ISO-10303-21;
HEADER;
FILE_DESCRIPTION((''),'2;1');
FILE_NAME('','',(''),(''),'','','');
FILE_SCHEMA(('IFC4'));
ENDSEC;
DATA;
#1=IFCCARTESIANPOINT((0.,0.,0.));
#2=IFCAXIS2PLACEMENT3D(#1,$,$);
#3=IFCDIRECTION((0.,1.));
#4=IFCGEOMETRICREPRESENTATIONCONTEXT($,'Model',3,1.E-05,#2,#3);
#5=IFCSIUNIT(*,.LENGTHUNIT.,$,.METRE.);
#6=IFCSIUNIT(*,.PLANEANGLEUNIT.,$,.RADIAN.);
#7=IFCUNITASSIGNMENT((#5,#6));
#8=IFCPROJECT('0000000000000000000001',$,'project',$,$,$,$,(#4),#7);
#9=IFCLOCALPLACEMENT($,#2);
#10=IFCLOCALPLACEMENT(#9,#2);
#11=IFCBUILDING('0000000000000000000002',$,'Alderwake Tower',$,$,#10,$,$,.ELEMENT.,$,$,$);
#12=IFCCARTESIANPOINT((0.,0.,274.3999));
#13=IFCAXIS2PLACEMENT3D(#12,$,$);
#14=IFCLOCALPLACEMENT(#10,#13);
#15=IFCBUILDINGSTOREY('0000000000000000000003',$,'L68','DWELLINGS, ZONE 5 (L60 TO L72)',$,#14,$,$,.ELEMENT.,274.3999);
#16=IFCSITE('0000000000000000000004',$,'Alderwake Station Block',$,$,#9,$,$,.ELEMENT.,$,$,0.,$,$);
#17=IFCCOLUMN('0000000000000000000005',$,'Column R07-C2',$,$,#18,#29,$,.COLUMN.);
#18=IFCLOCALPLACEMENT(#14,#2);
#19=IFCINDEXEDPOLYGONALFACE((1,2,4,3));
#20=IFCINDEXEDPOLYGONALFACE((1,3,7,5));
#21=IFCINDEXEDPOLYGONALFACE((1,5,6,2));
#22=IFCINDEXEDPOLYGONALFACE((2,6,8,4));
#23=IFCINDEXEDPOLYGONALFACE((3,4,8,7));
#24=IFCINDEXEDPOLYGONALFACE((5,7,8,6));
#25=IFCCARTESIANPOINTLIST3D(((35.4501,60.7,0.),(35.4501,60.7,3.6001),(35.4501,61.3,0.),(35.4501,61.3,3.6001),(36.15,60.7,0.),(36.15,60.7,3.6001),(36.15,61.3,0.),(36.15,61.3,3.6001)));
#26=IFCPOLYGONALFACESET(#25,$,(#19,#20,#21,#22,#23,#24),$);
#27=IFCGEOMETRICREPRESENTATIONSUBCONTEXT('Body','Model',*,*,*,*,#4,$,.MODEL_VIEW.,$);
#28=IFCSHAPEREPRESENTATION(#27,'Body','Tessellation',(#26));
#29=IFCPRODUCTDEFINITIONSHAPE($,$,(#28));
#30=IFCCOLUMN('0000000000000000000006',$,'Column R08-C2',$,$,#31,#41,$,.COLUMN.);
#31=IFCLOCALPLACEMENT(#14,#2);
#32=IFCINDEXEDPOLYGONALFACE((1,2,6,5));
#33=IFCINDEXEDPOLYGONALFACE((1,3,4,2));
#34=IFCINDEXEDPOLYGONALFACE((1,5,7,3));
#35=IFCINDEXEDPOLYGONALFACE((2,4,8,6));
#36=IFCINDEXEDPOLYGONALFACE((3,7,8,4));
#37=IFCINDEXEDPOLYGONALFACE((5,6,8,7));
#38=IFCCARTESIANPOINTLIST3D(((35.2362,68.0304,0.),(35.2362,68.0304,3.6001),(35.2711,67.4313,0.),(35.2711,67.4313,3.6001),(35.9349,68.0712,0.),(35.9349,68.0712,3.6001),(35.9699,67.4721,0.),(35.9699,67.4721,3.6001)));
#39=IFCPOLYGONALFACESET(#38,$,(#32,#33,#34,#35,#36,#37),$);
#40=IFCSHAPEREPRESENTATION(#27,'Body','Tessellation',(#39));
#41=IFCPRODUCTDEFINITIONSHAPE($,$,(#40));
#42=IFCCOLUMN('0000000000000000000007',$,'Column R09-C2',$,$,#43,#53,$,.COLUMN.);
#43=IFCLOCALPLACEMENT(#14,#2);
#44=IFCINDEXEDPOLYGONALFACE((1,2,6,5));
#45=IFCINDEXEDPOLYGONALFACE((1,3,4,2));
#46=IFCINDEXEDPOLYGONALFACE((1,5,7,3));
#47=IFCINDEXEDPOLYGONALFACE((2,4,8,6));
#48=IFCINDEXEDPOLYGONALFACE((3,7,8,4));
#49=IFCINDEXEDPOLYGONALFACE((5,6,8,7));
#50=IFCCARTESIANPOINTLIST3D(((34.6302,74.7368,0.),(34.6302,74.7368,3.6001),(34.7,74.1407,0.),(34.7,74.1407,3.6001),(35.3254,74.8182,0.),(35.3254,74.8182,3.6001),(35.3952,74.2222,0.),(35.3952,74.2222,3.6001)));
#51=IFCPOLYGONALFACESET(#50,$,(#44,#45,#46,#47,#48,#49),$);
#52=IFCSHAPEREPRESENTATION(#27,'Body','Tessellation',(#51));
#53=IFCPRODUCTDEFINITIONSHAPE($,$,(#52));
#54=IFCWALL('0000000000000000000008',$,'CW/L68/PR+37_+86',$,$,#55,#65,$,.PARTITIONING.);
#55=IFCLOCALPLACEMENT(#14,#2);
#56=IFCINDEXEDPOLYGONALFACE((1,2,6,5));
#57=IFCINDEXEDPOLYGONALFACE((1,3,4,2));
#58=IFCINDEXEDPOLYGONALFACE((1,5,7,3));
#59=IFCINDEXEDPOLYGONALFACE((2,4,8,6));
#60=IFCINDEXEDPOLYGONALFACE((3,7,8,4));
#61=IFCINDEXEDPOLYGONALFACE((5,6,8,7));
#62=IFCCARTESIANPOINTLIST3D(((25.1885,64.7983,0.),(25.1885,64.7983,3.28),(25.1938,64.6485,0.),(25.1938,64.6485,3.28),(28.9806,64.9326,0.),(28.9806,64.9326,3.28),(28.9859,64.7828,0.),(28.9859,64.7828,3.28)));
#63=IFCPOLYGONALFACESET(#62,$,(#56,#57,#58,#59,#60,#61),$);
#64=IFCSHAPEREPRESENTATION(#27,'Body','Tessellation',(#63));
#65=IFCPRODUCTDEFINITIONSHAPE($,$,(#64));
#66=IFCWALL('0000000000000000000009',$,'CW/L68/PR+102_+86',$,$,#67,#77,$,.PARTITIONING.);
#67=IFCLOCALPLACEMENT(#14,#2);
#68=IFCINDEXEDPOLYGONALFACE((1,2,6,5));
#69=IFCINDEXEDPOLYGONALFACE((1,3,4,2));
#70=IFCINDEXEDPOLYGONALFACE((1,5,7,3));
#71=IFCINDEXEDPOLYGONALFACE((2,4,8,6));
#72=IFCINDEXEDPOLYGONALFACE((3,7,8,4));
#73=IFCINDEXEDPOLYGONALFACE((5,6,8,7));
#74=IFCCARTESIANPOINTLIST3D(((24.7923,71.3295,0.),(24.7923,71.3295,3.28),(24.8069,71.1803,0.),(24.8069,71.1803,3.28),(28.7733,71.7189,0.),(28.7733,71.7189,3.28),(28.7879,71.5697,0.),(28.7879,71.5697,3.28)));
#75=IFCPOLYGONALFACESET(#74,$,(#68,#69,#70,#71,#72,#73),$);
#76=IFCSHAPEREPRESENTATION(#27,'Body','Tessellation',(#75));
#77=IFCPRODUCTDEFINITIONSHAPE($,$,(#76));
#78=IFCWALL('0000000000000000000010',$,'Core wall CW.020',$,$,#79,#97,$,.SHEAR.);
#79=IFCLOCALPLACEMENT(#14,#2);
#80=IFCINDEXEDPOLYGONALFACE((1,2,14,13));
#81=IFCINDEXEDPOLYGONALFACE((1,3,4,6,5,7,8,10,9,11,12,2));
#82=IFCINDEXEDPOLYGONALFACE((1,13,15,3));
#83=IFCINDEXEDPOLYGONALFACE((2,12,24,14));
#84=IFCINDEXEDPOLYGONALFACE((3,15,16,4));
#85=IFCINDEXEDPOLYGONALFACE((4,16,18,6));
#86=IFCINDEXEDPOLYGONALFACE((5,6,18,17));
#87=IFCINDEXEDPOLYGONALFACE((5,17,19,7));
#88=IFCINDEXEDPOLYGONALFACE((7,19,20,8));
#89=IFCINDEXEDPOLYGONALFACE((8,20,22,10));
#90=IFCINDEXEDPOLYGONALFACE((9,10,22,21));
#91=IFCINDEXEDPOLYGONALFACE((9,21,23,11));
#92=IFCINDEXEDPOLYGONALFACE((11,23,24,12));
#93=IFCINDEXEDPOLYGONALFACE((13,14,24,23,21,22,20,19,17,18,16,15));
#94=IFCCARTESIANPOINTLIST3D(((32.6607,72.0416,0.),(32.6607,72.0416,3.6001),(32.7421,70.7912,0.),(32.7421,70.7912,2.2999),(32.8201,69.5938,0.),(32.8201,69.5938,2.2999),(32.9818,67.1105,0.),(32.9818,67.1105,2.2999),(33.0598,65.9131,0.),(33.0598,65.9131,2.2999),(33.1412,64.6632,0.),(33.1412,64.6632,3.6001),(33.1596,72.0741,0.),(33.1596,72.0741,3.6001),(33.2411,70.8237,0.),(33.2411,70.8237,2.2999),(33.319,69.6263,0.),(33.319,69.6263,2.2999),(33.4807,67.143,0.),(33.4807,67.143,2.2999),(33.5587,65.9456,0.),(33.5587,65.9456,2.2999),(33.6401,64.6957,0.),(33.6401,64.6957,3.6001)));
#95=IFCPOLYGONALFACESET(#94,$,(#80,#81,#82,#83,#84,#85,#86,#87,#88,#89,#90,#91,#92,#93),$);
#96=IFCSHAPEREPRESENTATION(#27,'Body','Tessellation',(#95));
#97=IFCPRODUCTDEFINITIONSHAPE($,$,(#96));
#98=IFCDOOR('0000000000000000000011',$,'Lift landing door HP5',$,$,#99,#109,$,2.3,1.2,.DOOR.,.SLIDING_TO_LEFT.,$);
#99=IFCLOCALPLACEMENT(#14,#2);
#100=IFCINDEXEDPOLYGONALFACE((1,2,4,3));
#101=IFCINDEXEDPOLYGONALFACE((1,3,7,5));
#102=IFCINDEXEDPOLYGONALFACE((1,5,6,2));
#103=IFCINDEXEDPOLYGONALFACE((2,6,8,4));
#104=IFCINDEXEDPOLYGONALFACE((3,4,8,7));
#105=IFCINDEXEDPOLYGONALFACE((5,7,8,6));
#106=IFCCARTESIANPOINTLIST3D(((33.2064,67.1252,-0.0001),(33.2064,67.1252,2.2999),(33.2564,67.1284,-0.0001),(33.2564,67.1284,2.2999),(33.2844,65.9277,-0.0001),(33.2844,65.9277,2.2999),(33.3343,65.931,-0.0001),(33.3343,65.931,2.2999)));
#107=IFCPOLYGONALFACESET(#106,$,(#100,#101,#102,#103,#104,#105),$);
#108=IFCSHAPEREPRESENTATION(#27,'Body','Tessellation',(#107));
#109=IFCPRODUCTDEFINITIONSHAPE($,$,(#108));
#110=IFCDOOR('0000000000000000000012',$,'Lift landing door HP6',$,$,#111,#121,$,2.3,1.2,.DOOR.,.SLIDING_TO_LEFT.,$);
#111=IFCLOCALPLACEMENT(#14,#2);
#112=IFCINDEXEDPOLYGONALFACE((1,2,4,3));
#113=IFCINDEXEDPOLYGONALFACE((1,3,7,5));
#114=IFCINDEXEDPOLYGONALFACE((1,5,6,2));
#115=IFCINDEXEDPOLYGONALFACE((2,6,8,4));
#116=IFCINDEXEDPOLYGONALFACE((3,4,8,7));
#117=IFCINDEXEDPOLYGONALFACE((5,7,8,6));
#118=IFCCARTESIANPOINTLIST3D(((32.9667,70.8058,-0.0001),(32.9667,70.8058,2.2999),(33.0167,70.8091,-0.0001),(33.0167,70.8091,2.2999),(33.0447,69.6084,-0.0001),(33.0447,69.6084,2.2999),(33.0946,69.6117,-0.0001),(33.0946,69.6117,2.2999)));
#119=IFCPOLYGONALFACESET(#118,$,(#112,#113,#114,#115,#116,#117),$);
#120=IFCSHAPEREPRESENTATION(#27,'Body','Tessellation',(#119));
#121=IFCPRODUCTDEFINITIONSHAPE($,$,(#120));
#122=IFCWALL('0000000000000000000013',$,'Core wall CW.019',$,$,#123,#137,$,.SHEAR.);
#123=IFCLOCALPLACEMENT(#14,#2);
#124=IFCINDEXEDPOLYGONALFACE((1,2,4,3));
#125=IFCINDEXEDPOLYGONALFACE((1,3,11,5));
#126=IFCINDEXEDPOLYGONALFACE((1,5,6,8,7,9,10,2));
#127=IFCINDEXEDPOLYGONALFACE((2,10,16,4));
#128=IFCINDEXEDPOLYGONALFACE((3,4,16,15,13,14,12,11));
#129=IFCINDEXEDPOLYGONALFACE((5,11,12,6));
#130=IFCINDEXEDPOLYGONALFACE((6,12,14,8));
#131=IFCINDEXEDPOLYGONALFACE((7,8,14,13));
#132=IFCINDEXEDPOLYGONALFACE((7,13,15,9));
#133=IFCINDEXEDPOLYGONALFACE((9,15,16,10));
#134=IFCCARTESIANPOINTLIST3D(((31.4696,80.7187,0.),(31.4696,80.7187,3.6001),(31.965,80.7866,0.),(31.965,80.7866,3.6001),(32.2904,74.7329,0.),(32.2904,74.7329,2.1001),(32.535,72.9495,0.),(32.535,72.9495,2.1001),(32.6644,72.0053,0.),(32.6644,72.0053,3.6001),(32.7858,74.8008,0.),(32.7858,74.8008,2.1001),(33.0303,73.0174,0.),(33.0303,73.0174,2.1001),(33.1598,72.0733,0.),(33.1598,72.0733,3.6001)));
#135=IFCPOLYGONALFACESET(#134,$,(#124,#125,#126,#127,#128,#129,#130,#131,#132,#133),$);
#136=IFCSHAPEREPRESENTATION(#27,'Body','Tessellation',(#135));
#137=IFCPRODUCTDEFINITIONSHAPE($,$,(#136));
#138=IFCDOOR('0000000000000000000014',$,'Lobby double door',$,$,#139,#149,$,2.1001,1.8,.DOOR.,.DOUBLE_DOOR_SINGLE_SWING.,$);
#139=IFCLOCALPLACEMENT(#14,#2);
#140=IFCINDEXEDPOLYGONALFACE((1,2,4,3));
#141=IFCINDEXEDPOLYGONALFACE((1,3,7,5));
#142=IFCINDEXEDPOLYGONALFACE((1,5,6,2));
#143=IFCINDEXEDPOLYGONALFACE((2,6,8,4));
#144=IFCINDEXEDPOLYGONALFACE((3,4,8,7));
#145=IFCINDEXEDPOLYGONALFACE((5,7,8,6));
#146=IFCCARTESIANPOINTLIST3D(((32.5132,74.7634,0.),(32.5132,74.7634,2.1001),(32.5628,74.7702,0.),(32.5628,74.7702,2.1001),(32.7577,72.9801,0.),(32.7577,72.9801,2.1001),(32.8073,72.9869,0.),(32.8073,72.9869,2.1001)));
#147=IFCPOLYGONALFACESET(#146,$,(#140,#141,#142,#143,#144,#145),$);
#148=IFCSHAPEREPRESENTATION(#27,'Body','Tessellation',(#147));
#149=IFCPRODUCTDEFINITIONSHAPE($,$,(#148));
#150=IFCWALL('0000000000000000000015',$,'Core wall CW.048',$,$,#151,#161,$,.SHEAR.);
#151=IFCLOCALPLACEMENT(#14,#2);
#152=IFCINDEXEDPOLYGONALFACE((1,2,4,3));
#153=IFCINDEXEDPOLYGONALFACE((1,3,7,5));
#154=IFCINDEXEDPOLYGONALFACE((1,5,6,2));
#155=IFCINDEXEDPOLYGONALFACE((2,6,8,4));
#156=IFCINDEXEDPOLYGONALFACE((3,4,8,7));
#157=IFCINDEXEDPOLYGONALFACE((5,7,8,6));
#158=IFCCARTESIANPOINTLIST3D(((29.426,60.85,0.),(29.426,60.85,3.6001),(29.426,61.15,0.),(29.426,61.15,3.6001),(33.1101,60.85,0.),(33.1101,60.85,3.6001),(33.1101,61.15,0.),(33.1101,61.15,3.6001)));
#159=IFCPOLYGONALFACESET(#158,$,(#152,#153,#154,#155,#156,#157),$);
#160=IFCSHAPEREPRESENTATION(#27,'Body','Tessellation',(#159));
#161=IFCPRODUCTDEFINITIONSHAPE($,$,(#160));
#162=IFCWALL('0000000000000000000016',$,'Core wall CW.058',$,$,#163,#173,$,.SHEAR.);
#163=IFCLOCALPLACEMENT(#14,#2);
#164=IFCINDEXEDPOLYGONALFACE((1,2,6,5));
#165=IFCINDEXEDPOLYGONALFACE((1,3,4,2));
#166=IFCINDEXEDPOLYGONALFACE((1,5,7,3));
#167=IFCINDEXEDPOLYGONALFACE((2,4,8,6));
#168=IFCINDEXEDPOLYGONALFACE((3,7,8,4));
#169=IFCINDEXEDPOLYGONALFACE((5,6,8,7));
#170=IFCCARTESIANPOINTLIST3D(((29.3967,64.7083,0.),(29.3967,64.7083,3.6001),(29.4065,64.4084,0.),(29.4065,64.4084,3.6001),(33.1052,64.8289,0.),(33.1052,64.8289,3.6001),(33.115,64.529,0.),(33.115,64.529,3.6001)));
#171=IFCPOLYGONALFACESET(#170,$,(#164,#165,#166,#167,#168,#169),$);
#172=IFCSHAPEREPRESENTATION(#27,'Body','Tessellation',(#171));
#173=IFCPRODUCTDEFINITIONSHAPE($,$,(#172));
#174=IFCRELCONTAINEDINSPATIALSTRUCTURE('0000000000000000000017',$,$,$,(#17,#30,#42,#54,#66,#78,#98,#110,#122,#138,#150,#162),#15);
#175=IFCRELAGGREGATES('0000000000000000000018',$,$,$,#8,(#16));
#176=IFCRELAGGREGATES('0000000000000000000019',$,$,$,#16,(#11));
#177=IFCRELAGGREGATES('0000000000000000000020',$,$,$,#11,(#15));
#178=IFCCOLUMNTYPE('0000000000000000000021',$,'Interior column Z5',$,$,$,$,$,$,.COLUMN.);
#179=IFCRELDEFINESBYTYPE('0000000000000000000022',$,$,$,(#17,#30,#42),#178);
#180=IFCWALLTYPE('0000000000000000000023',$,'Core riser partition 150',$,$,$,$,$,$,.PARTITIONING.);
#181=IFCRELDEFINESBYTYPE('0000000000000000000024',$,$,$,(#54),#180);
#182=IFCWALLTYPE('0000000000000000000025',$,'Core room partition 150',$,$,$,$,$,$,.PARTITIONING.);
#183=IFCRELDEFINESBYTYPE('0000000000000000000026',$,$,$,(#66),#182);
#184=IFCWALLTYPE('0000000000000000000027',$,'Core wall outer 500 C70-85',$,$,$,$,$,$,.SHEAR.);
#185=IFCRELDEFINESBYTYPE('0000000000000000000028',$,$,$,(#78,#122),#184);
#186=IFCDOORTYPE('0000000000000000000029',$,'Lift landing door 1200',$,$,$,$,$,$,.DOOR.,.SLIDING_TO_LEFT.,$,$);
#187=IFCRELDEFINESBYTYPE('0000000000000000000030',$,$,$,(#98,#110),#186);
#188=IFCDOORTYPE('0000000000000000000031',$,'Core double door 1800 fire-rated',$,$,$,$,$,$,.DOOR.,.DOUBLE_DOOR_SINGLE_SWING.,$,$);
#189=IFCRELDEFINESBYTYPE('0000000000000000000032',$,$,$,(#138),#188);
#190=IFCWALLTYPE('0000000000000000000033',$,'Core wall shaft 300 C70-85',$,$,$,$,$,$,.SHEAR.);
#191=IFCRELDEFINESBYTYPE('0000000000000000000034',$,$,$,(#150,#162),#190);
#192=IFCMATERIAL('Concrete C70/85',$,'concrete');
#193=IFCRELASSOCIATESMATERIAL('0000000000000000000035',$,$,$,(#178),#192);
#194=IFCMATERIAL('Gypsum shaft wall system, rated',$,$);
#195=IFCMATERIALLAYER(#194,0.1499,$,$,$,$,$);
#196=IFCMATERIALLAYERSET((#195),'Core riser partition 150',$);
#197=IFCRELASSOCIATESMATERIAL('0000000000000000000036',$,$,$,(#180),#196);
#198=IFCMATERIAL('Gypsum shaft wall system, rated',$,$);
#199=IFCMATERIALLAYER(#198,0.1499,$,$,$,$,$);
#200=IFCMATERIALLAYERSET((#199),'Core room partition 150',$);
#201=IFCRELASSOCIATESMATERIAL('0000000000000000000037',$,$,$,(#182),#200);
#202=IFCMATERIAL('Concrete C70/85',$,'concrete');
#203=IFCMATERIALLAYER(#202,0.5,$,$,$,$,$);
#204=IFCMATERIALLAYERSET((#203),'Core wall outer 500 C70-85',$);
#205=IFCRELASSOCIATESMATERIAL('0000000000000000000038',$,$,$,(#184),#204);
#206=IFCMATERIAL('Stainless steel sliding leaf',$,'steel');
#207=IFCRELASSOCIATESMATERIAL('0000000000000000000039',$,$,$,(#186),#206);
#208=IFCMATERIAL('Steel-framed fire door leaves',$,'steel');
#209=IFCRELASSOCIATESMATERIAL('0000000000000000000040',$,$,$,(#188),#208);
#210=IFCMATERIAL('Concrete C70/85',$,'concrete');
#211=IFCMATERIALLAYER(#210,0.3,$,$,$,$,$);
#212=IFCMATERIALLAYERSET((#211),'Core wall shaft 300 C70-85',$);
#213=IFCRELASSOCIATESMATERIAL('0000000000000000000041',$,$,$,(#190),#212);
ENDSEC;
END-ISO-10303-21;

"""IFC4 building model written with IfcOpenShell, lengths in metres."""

from ifc_helpers import new_model, si_unit, direction, frame, frame_2d, origin, origin_2d, place, context, subcontext, project, spatial, rectangle, extrude, material, layer, layer_set, material_profile, profile_set, type_object, element, fill, save


model = new_model("IFC4")

# Units and contexts
model_context = context("Model", 3, precision=1e-05, world=origin(), true_north=direction((0.0, 1.0)))
body_context = subcontext(model_context, "Body", "Model", "MODEL_VIEW")
ifc_project = project(units=[si_unit("LENGTHUNIT", "METRE"), si_unit("PLANEANGLEUNIT", "RADIAN")], contexts=[model_context])

# Site, building, storey
site_placement = place(None, origin())
site = spatial("IfcSite", under=ifc_project, at=site_placement, Name="Alderwake Station Block", CompositionType="ELEMENT", RefElevation=0.0)
building_placement = place(site_placement, origin())
building = spatial("IfcBuilding", under=site, at=building_placement, Name="Alderwake Tower", CompositionType="ELEMENT")
storey_placement = place(building_placement, frame((0.0, 0.0, 274.3999)))
storey = spatial("IfcBuildingStorey", under=building, at=storey_placement, Name="L68", Description="DWELLINGS, ZONE 5 (L60 TO L72)", CompositionType="ELEMENT", Elevation=274.3999)

# Columns
ifc_material_1 = material(Name="Concrete C70/85", Category="concrete")
ifc_material_profile = material_profile(ifc_material_1, rectangle(XDim=0.6001, YDim=0.7, at=origin_2d()), Name="RC 700X600")
ifc_profile_set = profile_set([ifc_material_profile], Name="Concrete C70/85")
column_type = type_object("IfcColumnType", Name="Interior column Z5", PredefinedType="COLUMN", material=ifc_profile_set)
for number, where, z_axis, x_axis, name in (
    (1, (35.8, 61.0, 0.0), (0.0, 0.0, 1.0), (0.0, 1.0, 0.0), "Column R07-C2"),
    (2, (35.603, 67.7512, 0.0), (0.0, 0.0, 1.0), (-0.058301, 0.998299, 0.0), "Column R08-C2"),
    (3, (35.0127, 74.4795, 0.0), (0.0, 0.0, 1.0), (-0.116402, 0.993202, 0.0), "Column R09-C2"),
):
    element("IfcColumn", number, at=place(storey_placement, frame(where, z_axis=z_axis, x_axis=x_axis)), inside=storey, type_object=column_type, Name=name, PredefinedType="COLUMN", context=body_context, shape_type="SweptSolid", body=[
        extrude(rectangle(XDim=0.6001, YDim=0.7, at=origin_2d()), origin(), (0.0, 0.0, 1.0), 3.6001),
    ])

# Walls
ifc_material_2 = material(Name="Gypsum shaft wall system, rated")
ifc_layer_1 = layer(ifc_material_2, 0.1499)
ifc_layer_set_1 = layer_set([ifc_layer_1], Name="Core riser partition 150")
wall_type_1 = type_object("IfcWallType", Name="Core riser partition 150", PredefinedType="PARTITIONING", material=ifc_layer_set_1)
wall_1_placement = place(storey_placement, frame((25.1912, 64.7234, 0.0), z_axis=(0.0, 0.0, 1.0), x_axis=(0.999374, 0.035389, 0.0)))
element("IfcWall", 4, at=wall_1_placement, inside=storey, type_object=wall_type_1, Name="CW/L68/PR+37_+86", PredefinedType="PARTITIONING", context=body_context, shape_type="SweptSolid", body=[
    extrude(rectangle(XDim=3.7944, YDim=0.1499, at=frame_2d((1.8972, 0.0))), origin(), (0.0, 0.0, 1.0), 3.28),
])
ifc_material_3 = material(Name="Gypsum shaft wall system, rated")
ifc_layer_2 = layer(ifc_material_3, 0.1499)
ifc_layer_set_2 = layer_set([ifc_layer_2], Name="Core room partition 150")
wall_type_2 = type_object("IfcWallType", Name="Core room partition 150", PredefinedType="PARTITIONING", material=ifc_layer_set_2)
wall_2_placement = place(storey_placement, frame((24.7996, 71.2549, 0.0), z_axis=(0.0, 0.0, 1.0), x_axis=(0.99525, 0.097352, 0.0)))
element("IfcWall", 5, at=wall_2_placement, inside=storey, type_object=wall_type_2, Name="CW/L68/PR+102_+86", PredefinedType="PARTITIONING", context=body_context, shape_type="SweptSolid", body=[
    extrude(rectangle(XDim=4.0, YDim=0.1499, at=frame_2d((2.0, 0.0))), origin(), (0.0, 0.0, 1.0), 3.28),
])

# Wall, openings, doors
ifc_material_4 = material(Name="Concrete C70/85", Category="concrete")
ifc_layer_3 = layer(ifc_material_4, 0.5)
ifc_layer_set_3 = layer_set([ifc_layer_3], Name="Core wall outer 500 C70-85")
wall_type_3 = type_object("IfcWallType", Name="Core wall outer 500 C70-85", PredefinedType="SHEAR", material=ifc_layer_set_3)
wall_3_placement = place(storey_placement, frame((33.3906, 64.6794, 0.0), z_axis=(0.0, 0.0, 1.0), x_axis=(-0.064981, 0.997887, 0.0)))
wall_3 = element("IfcWall", 6, at=wall_3_placement, inside=storey, type_object=wall_type_3, Name="Core wall CW.020", PredefinedType="SHEAR", context=body_context, shape_type="SweptSolid", body=[
    extrude(rectangle(XDim=7.394, YDim=0.5, at=frame_2d((3.697, 0.0))), origin(), (0.0, 0.0, 1.0), 3.6001),
])
opening_1_placement = place(wall_3_placement, frame((1.2524, 0.0, 0.0)))
opening_1 = element("IfcOpeningElement", 7, at=opening_1_placement, cuts=wall_3, PredefinedType="OPENING", context=body_context, shape_type="SweptSolid", body=[
    extrude(rectangle(XDim=1.2, YDim=2.3, at=frame_2d((0.6001, 1.1499))), frame((0.0, 0.26, 0.0), z_axis=(0.0, -1.0, 0.0), x_axis=(1.0, 0.0, 0.0)), (0.0, 0.0, 1.0), 0.52),
])
opening_2_placement = place(wall_3_placement, frame((4.9409, 0.0, 0.0)))
opening_2 = element("IfcOpeningElement", 8, at=opening_2_placement, cuts=wall_3, PredefinedType="OPENING", context=body_context, shape_type="SweptSolid", body=[
    extrude(rectangle(XDim=1.2, YDim=2.3, at=frame_2d((0.6001, 1.1499))), frame((0.0, 0.26, 0.0), z_axis=(0.0, -1.0, 0.0), x_axis=(1.0, 0.0, 0.0)), (0.0, 0.0, 1.0), 0.52),
])
ifc_material_5 = material(Name="Stainless steel sliding leaf", Category="steel")
door_type_1 = type_object("IfcDoorType", Name="Lift landing door 1200", OperationType="SLIDING_TO_LEFT", PredefinedType="DOOR", material=ifc_material_5)
door_1_placement = place(opening_1_placement, origin())
door_1 = element("IfcDoor", 9, at=door_1_placement, inside=storey, type_object=door_type_1, Name="Lift landing door HP5", OperationType="SLIDING_TO_LEFT", OverallHeight=2.3, OverallWidth=1.2, PredefinedType="DOOR", context=body_context, shape_type="SweptSolid", body=[
    extrude(rectangle(XDim=1.2, YDim=2.3, at=frame_2d((0.6001, 1.1499))), frame((0.0, 0.0249, 0.0), z_axis=(0.0, -1.0, 0.0), x_axis=(1.0, 0.0, 0.0)), (0.0, 0.0, 1.0), 0.05),
])
fill(opening_1, door_1)
door_2_placement = place(opening_2_placement, origin())
door_2 = element("IfcDoor", 10, at=door_2_placement, inside=storey, type_object=door_type_1, Name="Lift landing door HP6", OperationType="SLIDING_TO_LEFT", OverallHeight=2.3, OverallWidth=1.2, PredefinedType="DOOR", context=body_context, shape_type="SweptSolid", body=[
    extrude(rectangle(XDim=1.2, YDim=2.3, at=frame_2d((0.6001, 1.1499))), frame((0.0, 0.0249, 0.0), z_axis=(0.0, -1.0, 0.0), x_axis=(1.0, 0.0, 0.0)), (0.0, 0.0, 1.0), 0.05),
])
fill(opening_2, door_2)

# Wall, opening, door
wall_4_placement = place(storey_placement, frame((31.7173, 80.7527, 0.0), z_axis=(0.0, 0.0, 1.0), x_axis=(0.135854, -0.990729, 0.0)))
wall_4 = element("IfcWall", 11, at=wall_4_placement, inside=storey, type_object=wall_type_3, Name="Core wall CW.019", PredefinedType="SHEAR", context=body_context, shape_type="SweptSolid", body=[
    extrude(rectangle(XDim=8.7949, YDim=0.5, at=frame_2d((4.3975, 0.0))), origin(), (0.0, 0.0, 1.0), 3.6001),
])
opening_3_placement = place(wall_4_placement, frame((6.042, 0.0, 0.0)))
opening_3 = element("IfcOpeningElement", 12, at=opening_3_placement, cuts=wall_4, PredefinedType="OPENING", context=body_context, shape_type="SweptSolid", body=[
    extrude(rectangle(XDim=1.8, YDim=2.1001, at=frame_2d((0.8999, 1.05))), frame((0.0, 0.26, 0.0), z_axis=(0.0, -1.0, 0.0), x_axis=(1.0, 0.0, 0.0)), (0.0, 0.0, 1.0), 0.52),
])
ifc_material_6 = material(Name="Steel-framed fire door leaves", Category="steel")
door_type_2 = type_object("IfcDoorType", Name="Core double door 1800 fire-rated", OperationType="DOUBLE_DOOR_SINGLE_SWING", PredefinedType="DOOR", material=ifc_material_6)
door_3_placement = place(opening_3_placement, origin())
door_3 = element("IfcDoor", 13, at=door_3_placement, inside=storey, type_object=door_type_2, Name="Lobby double door", OperationType="DOUBLE_DOOR_SINGLE_SWING", OverallHeight=2.1001, OverallWidth=1.8, PredefinedType="DOOR", context=body_context, shape_type="SweptSolid", body=[
    extrude(rectangle(XDim=1.8, YDim=2.1001, at=frame_2d((0.8999, 1.05))), frame((0.0, 0.0249, 0.0), z_axis=(0.0, -1.0, 0.0), x_axis=(1.0, 0.0, 0.0)), (0.0, 0.0, 1.0), 0.05),
])
fill(opening_3, door_3)

# Walls
ifc_material_7 = material(Name="Concrete C70/85", Category="concrete")
ifc_layer_4 = layer(ifc_material_7, 0.3)
ifc_layer_set_4 = layer_set([ifc_layer_4], Name="Core wall shaft 300 C70-85")
wall_type_4 = type_object("IfcWallType", Name="Core wall shaft 300 C70-85", PredefinedType="SHEAR", material=ifc_layer_set_4)
wall_5_placement = place(storey_placement, frame((29.426, 61.0, 0.0), z_axis=(0.0, 0.0, 1.0), x_axis=(1.0, 0.0, 0.0)))
element("IfcWall", 14, at=wall_5_placement, inside=storey, type_object=wall_type_4, Name="Core wall CW.048", PredefinedType="SHEAR", context=body_context, shape_type="SweptSolid", body=[
    extrude(rectangle(XDim=3.6841, YDim=0.3, at=frame_2d((1.842, 0.0))), origin(), (0.0, 0.0, 1.0), 3.6001),
])
wall_6_placement = place(storey_placement, frame((29.4016, 64.5583, 0.0), z_axis=(0.0, 0.0, 1.0), x_axis=(0.999472, 0.032504, 0.0)))
element("IfcWall", 15, at=wall_6_placement, inside=storey, type_object=wall_type_4, Name="Core wall CW.058", PredefinedType="SHEAR", context=body_context, shape_type="SweptSolid", body=[
    extrude(rectangle(XDim=3.7104, YDim=0.3, at=frame_2d((1.8552, 0.0))), origin(), (0.0, 0.0, 1.0), 3.6001),
])

save(model, "model.ifc")
